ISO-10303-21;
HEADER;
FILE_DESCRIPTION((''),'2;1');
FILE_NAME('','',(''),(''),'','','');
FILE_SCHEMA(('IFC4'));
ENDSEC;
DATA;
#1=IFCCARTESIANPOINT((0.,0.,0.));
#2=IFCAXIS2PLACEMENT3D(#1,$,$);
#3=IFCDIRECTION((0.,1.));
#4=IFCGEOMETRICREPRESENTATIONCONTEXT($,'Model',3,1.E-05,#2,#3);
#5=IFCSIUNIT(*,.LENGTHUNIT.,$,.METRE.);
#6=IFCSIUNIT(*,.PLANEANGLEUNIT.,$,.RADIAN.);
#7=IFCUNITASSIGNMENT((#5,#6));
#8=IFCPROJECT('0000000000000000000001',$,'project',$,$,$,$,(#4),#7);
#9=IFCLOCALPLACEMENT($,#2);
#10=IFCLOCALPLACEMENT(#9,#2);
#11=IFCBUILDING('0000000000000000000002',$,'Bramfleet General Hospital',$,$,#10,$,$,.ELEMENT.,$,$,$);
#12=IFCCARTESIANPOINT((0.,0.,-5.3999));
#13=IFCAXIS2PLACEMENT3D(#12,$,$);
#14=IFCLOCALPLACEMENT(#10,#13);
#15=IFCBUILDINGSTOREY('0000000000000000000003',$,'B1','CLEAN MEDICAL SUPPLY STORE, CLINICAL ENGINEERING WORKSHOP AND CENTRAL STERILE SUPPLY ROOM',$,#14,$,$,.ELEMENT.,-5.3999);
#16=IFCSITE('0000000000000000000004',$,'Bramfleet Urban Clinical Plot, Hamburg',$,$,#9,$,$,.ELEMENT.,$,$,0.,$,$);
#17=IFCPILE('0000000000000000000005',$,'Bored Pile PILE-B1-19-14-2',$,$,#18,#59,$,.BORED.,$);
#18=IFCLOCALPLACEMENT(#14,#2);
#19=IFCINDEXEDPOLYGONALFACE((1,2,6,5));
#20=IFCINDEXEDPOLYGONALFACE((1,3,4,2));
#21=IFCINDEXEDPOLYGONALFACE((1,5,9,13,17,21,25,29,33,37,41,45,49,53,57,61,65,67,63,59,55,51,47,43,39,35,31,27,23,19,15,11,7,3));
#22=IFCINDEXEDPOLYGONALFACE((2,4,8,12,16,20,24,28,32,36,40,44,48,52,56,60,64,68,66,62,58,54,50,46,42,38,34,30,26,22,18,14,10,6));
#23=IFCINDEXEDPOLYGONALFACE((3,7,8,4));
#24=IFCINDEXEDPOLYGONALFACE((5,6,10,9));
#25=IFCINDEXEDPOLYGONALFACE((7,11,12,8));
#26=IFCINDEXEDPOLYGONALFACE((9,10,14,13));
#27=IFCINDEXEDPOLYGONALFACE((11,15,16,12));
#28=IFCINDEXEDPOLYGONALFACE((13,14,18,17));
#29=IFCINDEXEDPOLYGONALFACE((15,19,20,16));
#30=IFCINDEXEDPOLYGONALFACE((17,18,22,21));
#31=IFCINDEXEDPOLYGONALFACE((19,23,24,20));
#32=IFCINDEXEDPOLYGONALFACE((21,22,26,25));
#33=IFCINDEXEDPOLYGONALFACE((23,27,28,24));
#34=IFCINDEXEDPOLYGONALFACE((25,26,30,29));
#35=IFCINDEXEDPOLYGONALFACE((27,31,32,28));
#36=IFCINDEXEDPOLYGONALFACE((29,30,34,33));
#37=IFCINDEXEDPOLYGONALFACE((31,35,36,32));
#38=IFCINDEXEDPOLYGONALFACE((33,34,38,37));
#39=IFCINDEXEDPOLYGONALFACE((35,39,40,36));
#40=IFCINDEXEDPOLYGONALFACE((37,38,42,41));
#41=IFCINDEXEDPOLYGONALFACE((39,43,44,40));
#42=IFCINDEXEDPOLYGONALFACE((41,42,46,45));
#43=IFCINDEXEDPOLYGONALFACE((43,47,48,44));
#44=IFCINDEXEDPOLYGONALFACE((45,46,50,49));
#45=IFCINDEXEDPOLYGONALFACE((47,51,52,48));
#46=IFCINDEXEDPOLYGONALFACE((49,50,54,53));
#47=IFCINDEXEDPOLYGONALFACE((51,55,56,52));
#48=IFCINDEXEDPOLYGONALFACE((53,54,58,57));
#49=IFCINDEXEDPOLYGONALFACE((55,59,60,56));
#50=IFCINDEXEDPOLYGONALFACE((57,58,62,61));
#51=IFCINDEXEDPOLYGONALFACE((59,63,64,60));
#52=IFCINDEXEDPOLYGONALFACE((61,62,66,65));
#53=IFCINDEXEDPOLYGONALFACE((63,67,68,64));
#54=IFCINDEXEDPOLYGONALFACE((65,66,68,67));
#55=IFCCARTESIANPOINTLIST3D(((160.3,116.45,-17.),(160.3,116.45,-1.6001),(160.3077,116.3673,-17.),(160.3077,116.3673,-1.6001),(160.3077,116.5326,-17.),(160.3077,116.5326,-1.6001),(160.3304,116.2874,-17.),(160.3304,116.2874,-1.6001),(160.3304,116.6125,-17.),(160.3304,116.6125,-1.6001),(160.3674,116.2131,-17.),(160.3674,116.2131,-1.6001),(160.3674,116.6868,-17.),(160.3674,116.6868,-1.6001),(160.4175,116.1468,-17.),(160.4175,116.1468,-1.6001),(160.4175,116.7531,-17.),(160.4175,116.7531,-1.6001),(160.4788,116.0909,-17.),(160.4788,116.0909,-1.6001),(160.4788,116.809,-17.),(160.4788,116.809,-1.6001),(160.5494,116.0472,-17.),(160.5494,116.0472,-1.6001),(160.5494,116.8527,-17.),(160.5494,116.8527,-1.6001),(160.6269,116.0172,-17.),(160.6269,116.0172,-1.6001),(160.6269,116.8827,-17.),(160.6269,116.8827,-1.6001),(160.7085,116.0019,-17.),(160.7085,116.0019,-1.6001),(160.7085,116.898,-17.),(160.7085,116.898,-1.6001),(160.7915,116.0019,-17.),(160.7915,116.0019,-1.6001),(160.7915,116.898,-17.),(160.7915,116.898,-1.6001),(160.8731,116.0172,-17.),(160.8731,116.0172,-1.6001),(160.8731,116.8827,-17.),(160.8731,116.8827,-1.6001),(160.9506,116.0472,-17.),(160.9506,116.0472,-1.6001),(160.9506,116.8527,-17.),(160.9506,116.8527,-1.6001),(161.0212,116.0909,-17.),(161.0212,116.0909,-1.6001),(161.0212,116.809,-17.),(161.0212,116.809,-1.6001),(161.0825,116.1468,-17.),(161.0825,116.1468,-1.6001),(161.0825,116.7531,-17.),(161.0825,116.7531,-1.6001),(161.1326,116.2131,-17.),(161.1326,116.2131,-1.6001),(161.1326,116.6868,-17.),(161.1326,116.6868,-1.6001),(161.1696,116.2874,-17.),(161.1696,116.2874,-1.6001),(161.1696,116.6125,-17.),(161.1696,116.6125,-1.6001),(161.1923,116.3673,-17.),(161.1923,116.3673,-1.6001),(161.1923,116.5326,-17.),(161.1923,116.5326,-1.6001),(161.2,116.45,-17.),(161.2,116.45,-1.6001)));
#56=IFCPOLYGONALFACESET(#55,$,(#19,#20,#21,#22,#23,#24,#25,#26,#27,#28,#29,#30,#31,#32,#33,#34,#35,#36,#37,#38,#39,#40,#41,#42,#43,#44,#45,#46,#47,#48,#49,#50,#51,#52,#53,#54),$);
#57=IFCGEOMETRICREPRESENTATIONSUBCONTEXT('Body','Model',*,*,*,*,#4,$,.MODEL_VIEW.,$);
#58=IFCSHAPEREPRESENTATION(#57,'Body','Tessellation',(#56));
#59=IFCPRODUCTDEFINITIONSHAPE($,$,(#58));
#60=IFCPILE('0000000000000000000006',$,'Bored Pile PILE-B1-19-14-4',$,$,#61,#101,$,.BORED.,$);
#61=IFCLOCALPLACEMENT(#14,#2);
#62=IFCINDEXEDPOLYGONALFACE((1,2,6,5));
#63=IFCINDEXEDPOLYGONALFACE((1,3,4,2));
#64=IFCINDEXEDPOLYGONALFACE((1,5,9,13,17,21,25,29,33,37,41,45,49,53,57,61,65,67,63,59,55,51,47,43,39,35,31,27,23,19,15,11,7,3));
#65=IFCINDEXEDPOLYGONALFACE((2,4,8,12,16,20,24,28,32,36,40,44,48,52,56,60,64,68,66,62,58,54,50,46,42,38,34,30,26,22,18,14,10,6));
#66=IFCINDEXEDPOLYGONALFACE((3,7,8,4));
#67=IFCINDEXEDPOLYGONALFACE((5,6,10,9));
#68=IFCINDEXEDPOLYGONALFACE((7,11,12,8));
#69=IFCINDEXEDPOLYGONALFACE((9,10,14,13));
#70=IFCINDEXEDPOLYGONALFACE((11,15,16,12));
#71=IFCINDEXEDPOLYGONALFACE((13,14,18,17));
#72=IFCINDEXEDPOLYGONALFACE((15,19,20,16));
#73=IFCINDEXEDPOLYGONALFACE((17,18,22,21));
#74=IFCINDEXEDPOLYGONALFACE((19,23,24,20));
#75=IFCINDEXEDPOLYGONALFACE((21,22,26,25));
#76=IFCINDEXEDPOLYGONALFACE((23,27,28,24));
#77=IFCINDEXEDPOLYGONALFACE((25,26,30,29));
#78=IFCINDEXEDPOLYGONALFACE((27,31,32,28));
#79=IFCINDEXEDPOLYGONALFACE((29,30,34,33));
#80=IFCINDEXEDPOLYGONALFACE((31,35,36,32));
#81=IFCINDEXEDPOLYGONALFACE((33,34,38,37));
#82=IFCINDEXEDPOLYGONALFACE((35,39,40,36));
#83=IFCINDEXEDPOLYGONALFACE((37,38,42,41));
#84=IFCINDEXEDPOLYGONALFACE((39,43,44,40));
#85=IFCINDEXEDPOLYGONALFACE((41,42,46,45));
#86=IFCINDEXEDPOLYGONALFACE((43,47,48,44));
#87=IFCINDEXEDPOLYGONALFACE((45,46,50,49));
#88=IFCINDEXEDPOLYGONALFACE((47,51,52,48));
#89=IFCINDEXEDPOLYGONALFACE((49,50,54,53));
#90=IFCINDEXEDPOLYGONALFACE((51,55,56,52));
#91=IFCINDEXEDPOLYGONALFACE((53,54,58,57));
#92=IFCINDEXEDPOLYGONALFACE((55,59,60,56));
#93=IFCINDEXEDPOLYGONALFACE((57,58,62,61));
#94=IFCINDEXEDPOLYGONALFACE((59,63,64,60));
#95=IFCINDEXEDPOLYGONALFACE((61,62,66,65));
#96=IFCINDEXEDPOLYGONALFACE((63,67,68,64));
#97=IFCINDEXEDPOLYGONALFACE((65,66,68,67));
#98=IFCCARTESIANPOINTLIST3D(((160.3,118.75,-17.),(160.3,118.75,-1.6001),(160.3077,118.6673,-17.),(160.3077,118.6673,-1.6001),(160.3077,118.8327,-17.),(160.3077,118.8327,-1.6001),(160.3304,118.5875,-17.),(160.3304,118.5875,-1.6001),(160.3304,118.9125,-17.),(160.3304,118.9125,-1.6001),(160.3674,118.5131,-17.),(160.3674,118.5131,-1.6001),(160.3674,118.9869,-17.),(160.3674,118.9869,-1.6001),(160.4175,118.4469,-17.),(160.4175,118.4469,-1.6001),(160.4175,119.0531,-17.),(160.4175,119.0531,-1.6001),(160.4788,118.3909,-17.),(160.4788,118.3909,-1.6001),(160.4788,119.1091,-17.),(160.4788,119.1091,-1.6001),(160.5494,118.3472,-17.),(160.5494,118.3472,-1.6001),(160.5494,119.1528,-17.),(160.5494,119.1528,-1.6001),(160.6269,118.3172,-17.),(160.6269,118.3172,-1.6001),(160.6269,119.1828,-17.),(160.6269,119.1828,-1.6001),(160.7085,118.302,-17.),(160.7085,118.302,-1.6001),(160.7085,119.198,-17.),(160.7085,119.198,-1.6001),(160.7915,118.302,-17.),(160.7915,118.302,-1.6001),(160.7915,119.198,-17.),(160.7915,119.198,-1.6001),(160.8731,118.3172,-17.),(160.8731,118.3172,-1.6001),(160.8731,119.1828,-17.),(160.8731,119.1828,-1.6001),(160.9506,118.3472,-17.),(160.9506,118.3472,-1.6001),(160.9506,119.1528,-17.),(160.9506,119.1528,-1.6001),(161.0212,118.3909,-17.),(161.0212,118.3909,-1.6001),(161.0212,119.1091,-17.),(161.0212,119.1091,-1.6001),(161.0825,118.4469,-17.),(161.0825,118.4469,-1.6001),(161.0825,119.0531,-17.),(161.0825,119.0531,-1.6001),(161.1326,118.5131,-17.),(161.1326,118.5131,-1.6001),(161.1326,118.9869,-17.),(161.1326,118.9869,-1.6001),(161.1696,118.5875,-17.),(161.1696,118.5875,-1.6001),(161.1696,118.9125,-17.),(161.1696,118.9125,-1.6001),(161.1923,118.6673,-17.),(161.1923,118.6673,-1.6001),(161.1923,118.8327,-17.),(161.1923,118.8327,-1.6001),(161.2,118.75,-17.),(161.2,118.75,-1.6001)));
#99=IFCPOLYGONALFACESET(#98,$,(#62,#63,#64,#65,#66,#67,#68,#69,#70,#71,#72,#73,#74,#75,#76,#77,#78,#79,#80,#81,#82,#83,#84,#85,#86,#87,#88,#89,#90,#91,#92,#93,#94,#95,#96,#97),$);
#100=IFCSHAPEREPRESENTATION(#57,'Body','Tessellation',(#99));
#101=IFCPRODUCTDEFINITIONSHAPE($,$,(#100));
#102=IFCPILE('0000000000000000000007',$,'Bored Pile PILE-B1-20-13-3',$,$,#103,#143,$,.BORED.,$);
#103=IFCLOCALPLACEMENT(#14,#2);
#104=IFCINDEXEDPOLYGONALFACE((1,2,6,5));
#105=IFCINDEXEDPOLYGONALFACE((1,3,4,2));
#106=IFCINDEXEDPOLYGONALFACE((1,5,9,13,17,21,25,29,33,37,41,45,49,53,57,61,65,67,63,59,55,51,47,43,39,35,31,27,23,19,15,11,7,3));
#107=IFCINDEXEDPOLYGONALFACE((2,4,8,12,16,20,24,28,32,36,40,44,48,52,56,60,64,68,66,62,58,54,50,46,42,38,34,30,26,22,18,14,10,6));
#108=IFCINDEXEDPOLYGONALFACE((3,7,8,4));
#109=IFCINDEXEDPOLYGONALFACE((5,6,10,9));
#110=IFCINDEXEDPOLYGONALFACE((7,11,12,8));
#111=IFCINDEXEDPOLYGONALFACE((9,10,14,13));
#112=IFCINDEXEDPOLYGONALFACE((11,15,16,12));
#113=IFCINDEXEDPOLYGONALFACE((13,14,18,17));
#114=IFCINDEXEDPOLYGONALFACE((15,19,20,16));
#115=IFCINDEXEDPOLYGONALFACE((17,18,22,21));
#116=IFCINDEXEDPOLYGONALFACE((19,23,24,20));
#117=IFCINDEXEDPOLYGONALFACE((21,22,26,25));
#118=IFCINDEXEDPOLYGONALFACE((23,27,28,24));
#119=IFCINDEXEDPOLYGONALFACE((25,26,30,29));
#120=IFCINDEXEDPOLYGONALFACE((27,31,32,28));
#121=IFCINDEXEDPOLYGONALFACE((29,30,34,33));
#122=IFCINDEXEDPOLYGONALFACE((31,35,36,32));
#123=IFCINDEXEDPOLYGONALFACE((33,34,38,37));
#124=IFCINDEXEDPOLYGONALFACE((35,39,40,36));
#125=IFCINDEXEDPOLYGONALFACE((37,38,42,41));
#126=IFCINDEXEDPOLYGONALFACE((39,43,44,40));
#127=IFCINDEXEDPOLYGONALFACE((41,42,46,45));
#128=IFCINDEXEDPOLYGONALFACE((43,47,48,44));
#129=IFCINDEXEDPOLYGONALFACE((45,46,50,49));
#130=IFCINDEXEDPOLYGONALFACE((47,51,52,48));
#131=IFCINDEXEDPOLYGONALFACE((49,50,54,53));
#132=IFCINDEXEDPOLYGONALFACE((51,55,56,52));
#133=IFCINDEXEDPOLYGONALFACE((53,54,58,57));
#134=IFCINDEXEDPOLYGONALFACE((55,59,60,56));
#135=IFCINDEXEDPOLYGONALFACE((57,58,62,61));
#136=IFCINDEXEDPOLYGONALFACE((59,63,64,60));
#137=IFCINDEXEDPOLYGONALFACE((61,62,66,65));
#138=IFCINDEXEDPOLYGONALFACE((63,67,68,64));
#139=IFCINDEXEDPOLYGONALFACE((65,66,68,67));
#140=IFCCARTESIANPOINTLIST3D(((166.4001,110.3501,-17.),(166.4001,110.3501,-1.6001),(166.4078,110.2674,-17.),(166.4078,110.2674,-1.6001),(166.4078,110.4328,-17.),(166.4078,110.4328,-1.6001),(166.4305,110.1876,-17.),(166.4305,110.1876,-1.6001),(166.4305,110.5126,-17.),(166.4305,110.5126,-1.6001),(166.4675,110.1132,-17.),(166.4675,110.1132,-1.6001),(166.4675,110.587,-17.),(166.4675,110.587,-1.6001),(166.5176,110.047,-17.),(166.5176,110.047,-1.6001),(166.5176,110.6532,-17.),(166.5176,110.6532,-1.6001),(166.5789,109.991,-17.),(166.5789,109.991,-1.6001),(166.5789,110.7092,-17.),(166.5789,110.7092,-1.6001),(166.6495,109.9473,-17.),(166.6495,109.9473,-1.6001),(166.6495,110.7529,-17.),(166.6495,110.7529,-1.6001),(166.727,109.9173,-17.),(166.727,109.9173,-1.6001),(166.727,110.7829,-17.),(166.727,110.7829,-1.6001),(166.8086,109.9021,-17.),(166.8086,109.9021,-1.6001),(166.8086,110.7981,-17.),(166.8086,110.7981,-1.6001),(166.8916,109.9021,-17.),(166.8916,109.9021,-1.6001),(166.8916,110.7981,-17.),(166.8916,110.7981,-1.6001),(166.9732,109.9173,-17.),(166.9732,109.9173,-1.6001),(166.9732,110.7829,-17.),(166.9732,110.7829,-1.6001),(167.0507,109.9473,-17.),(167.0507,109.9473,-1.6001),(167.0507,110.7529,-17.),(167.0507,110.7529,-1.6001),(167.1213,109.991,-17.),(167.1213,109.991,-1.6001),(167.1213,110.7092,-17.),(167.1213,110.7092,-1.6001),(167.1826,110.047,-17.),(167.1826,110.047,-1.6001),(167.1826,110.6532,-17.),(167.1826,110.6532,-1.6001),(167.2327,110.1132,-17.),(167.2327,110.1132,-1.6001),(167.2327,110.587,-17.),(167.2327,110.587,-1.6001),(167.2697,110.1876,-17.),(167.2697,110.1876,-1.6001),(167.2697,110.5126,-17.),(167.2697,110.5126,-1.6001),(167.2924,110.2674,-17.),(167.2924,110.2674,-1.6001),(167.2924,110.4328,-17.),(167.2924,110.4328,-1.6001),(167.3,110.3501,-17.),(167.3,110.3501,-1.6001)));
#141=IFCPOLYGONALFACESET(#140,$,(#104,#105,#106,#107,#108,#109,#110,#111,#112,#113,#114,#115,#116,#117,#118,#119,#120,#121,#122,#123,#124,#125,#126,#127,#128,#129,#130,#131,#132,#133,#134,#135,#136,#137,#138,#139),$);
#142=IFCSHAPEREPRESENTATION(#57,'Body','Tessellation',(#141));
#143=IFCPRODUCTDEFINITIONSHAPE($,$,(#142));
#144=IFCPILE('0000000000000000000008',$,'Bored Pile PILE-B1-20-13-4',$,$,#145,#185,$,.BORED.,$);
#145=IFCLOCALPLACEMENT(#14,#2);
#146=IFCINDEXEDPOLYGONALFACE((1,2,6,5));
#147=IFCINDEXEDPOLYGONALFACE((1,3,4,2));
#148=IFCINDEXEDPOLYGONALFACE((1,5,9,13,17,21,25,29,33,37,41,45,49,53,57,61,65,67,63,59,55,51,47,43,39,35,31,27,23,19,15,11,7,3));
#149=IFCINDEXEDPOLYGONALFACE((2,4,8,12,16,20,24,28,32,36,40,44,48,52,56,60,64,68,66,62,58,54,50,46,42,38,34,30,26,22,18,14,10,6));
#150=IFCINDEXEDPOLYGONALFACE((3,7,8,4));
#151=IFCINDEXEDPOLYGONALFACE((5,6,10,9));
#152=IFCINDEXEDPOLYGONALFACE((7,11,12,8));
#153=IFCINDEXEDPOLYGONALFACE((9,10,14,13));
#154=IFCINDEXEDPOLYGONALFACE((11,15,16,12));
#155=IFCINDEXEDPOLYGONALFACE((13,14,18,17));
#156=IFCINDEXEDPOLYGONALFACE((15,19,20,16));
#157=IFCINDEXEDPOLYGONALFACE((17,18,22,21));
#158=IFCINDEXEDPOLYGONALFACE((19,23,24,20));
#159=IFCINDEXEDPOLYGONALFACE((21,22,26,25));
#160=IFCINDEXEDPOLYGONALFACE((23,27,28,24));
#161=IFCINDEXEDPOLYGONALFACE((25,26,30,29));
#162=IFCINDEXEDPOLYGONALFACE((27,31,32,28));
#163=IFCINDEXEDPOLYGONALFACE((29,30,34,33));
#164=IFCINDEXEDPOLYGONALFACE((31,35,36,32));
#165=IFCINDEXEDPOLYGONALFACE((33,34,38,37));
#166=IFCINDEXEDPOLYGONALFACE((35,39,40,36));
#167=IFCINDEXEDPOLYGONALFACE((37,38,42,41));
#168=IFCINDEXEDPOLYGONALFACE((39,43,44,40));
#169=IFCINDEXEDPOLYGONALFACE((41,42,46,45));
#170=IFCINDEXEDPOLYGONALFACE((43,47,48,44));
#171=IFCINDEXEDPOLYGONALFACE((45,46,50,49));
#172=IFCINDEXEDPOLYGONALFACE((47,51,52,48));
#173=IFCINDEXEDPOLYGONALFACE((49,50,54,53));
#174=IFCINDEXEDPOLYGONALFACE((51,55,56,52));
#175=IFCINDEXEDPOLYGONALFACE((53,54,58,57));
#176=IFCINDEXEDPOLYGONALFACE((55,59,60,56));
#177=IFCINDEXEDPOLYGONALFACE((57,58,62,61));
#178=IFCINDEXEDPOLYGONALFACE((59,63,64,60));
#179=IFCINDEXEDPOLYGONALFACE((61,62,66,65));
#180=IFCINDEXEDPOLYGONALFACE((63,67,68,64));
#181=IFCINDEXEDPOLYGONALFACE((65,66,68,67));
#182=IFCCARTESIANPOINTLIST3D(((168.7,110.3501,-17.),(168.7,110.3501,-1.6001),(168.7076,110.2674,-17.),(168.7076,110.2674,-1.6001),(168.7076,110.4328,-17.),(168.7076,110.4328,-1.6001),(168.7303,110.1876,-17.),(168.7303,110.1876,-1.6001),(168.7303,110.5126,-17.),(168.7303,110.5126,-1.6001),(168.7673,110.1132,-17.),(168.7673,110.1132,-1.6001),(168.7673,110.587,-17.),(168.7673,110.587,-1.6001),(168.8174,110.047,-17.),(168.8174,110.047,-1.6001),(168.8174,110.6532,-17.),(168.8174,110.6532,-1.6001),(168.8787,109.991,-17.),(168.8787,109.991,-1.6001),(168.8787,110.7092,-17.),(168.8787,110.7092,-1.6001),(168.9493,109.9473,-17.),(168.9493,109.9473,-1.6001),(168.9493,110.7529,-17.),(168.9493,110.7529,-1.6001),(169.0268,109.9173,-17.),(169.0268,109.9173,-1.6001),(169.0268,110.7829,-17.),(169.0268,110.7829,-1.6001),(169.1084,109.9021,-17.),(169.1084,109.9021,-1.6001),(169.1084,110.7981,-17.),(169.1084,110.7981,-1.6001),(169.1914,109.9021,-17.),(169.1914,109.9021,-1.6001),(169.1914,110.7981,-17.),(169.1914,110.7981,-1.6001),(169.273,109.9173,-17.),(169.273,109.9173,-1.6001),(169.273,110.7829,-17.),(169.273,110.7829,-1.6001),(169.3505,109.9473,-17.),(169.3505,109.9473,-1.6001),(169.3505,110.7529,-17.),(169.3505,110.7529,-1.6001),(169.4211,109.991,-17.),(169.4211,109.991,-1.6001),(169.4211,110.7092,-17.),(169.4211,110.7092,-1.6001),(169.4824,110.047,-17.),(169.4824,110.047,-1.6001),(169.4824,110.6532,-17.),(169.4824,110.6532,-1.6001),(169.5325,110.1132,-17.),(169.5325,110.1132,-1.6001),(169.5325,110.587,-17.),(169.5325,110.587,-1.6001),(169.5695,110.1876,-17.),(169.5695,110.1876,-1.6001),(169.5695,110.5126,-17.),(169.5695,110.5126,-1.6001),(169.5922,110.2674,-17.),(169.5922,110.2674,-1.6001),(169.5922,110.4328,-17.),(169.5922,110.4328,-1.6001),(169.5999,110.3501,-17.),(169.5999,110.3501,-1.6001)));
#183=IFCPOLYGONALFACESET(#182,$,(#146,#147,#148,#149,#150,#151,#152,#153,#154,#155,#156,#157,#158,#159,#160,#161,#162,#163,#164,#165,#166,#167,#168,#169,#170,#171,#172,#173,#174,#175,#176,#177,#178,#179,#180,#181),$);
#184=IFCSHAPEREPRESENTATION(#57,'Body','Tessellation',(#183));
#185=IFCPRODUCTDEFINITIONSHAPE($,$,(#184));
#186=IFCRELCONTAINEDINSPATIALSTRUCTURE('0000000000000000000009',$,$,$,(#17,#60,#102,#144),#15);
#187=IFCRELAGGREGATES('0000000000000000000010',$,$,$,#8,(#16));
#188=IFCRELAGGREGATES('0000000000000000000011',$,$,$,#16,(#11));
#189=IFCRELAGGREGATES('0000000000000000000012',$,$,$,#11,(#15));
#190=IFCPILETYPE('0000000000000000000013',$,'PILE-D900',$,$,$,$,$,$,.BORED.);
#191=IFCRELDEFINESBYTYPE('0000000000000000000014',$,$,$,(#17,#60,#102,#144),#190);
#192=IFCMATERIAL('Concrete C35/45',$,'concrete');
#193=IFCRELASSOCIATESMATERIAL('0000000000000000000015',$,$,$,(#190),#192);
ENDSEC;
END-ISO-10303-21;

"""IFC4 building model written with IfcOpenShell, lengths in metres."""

from ifc_helpers import new_model, si_unit, direction, frame, origin, origin_2d, place, context, subcontext, project, spatial, circle, extrude, material, material_profile, profile_set, type_object, element, save


model = new_model("IFC4")

# Units and contexts
model_context = context("Model", 3, precision=1e-05, world=origin(), true_north=direction((0.0, 1.0)))
body_context = subcontext(model_context, "Body", "Model", "MODEL_VIEW")
ifc_project = project(units=[si_unit("LENGTHUNIT", "METRE"), si_unit("PLANEANGLEUNIT", "RADIAN")], contexts=[model_context])

# Site, building, storey
site_placement = place(None, origin())
site = spatial("IfcSite", under=ifc_project, at=site_placement, Name="Bramfleet Urban Clinical Plot, Hamburg", CompositionType="ELEMENT", RefElevation=0.0)
building_placement = place(site_placement, origin())
building = spatial("IfcBuilding", under=site, at=building_placement, Name="Bramfleet General Hospital", CompositionType="ELEMENT")
storey_placement = place(building_placement, frame((0.0, 0.0, -5.3999)))
storey = spatial("IfcBuildingStorey", under=building, at=storey_placement, Name="B1", Description="CLEAN MEDICAL SUPPLY STORE, CLINICAL ENGINEERING WORKSHOP AND CENTRAL STERILE SUPPLY ROOM", CompositionType="ELEMENT", Elevation=-5.3999)

# Shared definitions
ifc_material_1 = material(Name="Concrete C35/45", Category="concrete")

# Piles
ifc_material_profile_1 = material_profile(ifc_material_1, circle(Radius=0.45, at=origin_2d()), Name="PILE BORED D900")
ifc_profile_set_1 = profile_set([ifc_material_profile_1], Name="Concrete C35/45")
pile_type = type_object("IfcPileType", Name="PILE-D900", PredefinedType="BORED", material=ifc_profile_set_1)
for number, where, z_axis, x_axis, name in (
    (1, (160.75, 116.45, -1.6001), (0.0, 0.0, -1.0), (1.0, 0.0, 0.0), "Bored Pile PILE-B1-19-14-2"),
    (2, (160.75, 118.75, -1.6001), (0.0, 0.0, -1.0), (1.0, 0.0, 0.0), "Bored Pile PILE-B1-19-14-4"),
    (3, (166.8501, 110.3501, -1.6001), (0.0, 0.0, -1.0), (1.0, 0.0, 0.0), "Bored Pile PILE-B1-20-13-3"),
    (4, (169.1499, 110.3501, -1.6001), (0.0, 0.0, -1.0), (1.0, 0.0, 0.0), "Bored Pile PILE-B1-20-13-4"),
):
    element("IfcPile", number, at=place(storey_placement, frame(where, z_axis=z_axis, x_axis=x_axis)), inside=storey, type_object=pile_type, Name=name, PredefinedType="BORED", context=body_context, shape_type="SweptSolid", body=[
        extrude(circle(Radius=0.45, at=origin_2d()), origin(), (0.0, 0.0, 1.0), 15.3999),
    ])

save(model, "model.ifc")
